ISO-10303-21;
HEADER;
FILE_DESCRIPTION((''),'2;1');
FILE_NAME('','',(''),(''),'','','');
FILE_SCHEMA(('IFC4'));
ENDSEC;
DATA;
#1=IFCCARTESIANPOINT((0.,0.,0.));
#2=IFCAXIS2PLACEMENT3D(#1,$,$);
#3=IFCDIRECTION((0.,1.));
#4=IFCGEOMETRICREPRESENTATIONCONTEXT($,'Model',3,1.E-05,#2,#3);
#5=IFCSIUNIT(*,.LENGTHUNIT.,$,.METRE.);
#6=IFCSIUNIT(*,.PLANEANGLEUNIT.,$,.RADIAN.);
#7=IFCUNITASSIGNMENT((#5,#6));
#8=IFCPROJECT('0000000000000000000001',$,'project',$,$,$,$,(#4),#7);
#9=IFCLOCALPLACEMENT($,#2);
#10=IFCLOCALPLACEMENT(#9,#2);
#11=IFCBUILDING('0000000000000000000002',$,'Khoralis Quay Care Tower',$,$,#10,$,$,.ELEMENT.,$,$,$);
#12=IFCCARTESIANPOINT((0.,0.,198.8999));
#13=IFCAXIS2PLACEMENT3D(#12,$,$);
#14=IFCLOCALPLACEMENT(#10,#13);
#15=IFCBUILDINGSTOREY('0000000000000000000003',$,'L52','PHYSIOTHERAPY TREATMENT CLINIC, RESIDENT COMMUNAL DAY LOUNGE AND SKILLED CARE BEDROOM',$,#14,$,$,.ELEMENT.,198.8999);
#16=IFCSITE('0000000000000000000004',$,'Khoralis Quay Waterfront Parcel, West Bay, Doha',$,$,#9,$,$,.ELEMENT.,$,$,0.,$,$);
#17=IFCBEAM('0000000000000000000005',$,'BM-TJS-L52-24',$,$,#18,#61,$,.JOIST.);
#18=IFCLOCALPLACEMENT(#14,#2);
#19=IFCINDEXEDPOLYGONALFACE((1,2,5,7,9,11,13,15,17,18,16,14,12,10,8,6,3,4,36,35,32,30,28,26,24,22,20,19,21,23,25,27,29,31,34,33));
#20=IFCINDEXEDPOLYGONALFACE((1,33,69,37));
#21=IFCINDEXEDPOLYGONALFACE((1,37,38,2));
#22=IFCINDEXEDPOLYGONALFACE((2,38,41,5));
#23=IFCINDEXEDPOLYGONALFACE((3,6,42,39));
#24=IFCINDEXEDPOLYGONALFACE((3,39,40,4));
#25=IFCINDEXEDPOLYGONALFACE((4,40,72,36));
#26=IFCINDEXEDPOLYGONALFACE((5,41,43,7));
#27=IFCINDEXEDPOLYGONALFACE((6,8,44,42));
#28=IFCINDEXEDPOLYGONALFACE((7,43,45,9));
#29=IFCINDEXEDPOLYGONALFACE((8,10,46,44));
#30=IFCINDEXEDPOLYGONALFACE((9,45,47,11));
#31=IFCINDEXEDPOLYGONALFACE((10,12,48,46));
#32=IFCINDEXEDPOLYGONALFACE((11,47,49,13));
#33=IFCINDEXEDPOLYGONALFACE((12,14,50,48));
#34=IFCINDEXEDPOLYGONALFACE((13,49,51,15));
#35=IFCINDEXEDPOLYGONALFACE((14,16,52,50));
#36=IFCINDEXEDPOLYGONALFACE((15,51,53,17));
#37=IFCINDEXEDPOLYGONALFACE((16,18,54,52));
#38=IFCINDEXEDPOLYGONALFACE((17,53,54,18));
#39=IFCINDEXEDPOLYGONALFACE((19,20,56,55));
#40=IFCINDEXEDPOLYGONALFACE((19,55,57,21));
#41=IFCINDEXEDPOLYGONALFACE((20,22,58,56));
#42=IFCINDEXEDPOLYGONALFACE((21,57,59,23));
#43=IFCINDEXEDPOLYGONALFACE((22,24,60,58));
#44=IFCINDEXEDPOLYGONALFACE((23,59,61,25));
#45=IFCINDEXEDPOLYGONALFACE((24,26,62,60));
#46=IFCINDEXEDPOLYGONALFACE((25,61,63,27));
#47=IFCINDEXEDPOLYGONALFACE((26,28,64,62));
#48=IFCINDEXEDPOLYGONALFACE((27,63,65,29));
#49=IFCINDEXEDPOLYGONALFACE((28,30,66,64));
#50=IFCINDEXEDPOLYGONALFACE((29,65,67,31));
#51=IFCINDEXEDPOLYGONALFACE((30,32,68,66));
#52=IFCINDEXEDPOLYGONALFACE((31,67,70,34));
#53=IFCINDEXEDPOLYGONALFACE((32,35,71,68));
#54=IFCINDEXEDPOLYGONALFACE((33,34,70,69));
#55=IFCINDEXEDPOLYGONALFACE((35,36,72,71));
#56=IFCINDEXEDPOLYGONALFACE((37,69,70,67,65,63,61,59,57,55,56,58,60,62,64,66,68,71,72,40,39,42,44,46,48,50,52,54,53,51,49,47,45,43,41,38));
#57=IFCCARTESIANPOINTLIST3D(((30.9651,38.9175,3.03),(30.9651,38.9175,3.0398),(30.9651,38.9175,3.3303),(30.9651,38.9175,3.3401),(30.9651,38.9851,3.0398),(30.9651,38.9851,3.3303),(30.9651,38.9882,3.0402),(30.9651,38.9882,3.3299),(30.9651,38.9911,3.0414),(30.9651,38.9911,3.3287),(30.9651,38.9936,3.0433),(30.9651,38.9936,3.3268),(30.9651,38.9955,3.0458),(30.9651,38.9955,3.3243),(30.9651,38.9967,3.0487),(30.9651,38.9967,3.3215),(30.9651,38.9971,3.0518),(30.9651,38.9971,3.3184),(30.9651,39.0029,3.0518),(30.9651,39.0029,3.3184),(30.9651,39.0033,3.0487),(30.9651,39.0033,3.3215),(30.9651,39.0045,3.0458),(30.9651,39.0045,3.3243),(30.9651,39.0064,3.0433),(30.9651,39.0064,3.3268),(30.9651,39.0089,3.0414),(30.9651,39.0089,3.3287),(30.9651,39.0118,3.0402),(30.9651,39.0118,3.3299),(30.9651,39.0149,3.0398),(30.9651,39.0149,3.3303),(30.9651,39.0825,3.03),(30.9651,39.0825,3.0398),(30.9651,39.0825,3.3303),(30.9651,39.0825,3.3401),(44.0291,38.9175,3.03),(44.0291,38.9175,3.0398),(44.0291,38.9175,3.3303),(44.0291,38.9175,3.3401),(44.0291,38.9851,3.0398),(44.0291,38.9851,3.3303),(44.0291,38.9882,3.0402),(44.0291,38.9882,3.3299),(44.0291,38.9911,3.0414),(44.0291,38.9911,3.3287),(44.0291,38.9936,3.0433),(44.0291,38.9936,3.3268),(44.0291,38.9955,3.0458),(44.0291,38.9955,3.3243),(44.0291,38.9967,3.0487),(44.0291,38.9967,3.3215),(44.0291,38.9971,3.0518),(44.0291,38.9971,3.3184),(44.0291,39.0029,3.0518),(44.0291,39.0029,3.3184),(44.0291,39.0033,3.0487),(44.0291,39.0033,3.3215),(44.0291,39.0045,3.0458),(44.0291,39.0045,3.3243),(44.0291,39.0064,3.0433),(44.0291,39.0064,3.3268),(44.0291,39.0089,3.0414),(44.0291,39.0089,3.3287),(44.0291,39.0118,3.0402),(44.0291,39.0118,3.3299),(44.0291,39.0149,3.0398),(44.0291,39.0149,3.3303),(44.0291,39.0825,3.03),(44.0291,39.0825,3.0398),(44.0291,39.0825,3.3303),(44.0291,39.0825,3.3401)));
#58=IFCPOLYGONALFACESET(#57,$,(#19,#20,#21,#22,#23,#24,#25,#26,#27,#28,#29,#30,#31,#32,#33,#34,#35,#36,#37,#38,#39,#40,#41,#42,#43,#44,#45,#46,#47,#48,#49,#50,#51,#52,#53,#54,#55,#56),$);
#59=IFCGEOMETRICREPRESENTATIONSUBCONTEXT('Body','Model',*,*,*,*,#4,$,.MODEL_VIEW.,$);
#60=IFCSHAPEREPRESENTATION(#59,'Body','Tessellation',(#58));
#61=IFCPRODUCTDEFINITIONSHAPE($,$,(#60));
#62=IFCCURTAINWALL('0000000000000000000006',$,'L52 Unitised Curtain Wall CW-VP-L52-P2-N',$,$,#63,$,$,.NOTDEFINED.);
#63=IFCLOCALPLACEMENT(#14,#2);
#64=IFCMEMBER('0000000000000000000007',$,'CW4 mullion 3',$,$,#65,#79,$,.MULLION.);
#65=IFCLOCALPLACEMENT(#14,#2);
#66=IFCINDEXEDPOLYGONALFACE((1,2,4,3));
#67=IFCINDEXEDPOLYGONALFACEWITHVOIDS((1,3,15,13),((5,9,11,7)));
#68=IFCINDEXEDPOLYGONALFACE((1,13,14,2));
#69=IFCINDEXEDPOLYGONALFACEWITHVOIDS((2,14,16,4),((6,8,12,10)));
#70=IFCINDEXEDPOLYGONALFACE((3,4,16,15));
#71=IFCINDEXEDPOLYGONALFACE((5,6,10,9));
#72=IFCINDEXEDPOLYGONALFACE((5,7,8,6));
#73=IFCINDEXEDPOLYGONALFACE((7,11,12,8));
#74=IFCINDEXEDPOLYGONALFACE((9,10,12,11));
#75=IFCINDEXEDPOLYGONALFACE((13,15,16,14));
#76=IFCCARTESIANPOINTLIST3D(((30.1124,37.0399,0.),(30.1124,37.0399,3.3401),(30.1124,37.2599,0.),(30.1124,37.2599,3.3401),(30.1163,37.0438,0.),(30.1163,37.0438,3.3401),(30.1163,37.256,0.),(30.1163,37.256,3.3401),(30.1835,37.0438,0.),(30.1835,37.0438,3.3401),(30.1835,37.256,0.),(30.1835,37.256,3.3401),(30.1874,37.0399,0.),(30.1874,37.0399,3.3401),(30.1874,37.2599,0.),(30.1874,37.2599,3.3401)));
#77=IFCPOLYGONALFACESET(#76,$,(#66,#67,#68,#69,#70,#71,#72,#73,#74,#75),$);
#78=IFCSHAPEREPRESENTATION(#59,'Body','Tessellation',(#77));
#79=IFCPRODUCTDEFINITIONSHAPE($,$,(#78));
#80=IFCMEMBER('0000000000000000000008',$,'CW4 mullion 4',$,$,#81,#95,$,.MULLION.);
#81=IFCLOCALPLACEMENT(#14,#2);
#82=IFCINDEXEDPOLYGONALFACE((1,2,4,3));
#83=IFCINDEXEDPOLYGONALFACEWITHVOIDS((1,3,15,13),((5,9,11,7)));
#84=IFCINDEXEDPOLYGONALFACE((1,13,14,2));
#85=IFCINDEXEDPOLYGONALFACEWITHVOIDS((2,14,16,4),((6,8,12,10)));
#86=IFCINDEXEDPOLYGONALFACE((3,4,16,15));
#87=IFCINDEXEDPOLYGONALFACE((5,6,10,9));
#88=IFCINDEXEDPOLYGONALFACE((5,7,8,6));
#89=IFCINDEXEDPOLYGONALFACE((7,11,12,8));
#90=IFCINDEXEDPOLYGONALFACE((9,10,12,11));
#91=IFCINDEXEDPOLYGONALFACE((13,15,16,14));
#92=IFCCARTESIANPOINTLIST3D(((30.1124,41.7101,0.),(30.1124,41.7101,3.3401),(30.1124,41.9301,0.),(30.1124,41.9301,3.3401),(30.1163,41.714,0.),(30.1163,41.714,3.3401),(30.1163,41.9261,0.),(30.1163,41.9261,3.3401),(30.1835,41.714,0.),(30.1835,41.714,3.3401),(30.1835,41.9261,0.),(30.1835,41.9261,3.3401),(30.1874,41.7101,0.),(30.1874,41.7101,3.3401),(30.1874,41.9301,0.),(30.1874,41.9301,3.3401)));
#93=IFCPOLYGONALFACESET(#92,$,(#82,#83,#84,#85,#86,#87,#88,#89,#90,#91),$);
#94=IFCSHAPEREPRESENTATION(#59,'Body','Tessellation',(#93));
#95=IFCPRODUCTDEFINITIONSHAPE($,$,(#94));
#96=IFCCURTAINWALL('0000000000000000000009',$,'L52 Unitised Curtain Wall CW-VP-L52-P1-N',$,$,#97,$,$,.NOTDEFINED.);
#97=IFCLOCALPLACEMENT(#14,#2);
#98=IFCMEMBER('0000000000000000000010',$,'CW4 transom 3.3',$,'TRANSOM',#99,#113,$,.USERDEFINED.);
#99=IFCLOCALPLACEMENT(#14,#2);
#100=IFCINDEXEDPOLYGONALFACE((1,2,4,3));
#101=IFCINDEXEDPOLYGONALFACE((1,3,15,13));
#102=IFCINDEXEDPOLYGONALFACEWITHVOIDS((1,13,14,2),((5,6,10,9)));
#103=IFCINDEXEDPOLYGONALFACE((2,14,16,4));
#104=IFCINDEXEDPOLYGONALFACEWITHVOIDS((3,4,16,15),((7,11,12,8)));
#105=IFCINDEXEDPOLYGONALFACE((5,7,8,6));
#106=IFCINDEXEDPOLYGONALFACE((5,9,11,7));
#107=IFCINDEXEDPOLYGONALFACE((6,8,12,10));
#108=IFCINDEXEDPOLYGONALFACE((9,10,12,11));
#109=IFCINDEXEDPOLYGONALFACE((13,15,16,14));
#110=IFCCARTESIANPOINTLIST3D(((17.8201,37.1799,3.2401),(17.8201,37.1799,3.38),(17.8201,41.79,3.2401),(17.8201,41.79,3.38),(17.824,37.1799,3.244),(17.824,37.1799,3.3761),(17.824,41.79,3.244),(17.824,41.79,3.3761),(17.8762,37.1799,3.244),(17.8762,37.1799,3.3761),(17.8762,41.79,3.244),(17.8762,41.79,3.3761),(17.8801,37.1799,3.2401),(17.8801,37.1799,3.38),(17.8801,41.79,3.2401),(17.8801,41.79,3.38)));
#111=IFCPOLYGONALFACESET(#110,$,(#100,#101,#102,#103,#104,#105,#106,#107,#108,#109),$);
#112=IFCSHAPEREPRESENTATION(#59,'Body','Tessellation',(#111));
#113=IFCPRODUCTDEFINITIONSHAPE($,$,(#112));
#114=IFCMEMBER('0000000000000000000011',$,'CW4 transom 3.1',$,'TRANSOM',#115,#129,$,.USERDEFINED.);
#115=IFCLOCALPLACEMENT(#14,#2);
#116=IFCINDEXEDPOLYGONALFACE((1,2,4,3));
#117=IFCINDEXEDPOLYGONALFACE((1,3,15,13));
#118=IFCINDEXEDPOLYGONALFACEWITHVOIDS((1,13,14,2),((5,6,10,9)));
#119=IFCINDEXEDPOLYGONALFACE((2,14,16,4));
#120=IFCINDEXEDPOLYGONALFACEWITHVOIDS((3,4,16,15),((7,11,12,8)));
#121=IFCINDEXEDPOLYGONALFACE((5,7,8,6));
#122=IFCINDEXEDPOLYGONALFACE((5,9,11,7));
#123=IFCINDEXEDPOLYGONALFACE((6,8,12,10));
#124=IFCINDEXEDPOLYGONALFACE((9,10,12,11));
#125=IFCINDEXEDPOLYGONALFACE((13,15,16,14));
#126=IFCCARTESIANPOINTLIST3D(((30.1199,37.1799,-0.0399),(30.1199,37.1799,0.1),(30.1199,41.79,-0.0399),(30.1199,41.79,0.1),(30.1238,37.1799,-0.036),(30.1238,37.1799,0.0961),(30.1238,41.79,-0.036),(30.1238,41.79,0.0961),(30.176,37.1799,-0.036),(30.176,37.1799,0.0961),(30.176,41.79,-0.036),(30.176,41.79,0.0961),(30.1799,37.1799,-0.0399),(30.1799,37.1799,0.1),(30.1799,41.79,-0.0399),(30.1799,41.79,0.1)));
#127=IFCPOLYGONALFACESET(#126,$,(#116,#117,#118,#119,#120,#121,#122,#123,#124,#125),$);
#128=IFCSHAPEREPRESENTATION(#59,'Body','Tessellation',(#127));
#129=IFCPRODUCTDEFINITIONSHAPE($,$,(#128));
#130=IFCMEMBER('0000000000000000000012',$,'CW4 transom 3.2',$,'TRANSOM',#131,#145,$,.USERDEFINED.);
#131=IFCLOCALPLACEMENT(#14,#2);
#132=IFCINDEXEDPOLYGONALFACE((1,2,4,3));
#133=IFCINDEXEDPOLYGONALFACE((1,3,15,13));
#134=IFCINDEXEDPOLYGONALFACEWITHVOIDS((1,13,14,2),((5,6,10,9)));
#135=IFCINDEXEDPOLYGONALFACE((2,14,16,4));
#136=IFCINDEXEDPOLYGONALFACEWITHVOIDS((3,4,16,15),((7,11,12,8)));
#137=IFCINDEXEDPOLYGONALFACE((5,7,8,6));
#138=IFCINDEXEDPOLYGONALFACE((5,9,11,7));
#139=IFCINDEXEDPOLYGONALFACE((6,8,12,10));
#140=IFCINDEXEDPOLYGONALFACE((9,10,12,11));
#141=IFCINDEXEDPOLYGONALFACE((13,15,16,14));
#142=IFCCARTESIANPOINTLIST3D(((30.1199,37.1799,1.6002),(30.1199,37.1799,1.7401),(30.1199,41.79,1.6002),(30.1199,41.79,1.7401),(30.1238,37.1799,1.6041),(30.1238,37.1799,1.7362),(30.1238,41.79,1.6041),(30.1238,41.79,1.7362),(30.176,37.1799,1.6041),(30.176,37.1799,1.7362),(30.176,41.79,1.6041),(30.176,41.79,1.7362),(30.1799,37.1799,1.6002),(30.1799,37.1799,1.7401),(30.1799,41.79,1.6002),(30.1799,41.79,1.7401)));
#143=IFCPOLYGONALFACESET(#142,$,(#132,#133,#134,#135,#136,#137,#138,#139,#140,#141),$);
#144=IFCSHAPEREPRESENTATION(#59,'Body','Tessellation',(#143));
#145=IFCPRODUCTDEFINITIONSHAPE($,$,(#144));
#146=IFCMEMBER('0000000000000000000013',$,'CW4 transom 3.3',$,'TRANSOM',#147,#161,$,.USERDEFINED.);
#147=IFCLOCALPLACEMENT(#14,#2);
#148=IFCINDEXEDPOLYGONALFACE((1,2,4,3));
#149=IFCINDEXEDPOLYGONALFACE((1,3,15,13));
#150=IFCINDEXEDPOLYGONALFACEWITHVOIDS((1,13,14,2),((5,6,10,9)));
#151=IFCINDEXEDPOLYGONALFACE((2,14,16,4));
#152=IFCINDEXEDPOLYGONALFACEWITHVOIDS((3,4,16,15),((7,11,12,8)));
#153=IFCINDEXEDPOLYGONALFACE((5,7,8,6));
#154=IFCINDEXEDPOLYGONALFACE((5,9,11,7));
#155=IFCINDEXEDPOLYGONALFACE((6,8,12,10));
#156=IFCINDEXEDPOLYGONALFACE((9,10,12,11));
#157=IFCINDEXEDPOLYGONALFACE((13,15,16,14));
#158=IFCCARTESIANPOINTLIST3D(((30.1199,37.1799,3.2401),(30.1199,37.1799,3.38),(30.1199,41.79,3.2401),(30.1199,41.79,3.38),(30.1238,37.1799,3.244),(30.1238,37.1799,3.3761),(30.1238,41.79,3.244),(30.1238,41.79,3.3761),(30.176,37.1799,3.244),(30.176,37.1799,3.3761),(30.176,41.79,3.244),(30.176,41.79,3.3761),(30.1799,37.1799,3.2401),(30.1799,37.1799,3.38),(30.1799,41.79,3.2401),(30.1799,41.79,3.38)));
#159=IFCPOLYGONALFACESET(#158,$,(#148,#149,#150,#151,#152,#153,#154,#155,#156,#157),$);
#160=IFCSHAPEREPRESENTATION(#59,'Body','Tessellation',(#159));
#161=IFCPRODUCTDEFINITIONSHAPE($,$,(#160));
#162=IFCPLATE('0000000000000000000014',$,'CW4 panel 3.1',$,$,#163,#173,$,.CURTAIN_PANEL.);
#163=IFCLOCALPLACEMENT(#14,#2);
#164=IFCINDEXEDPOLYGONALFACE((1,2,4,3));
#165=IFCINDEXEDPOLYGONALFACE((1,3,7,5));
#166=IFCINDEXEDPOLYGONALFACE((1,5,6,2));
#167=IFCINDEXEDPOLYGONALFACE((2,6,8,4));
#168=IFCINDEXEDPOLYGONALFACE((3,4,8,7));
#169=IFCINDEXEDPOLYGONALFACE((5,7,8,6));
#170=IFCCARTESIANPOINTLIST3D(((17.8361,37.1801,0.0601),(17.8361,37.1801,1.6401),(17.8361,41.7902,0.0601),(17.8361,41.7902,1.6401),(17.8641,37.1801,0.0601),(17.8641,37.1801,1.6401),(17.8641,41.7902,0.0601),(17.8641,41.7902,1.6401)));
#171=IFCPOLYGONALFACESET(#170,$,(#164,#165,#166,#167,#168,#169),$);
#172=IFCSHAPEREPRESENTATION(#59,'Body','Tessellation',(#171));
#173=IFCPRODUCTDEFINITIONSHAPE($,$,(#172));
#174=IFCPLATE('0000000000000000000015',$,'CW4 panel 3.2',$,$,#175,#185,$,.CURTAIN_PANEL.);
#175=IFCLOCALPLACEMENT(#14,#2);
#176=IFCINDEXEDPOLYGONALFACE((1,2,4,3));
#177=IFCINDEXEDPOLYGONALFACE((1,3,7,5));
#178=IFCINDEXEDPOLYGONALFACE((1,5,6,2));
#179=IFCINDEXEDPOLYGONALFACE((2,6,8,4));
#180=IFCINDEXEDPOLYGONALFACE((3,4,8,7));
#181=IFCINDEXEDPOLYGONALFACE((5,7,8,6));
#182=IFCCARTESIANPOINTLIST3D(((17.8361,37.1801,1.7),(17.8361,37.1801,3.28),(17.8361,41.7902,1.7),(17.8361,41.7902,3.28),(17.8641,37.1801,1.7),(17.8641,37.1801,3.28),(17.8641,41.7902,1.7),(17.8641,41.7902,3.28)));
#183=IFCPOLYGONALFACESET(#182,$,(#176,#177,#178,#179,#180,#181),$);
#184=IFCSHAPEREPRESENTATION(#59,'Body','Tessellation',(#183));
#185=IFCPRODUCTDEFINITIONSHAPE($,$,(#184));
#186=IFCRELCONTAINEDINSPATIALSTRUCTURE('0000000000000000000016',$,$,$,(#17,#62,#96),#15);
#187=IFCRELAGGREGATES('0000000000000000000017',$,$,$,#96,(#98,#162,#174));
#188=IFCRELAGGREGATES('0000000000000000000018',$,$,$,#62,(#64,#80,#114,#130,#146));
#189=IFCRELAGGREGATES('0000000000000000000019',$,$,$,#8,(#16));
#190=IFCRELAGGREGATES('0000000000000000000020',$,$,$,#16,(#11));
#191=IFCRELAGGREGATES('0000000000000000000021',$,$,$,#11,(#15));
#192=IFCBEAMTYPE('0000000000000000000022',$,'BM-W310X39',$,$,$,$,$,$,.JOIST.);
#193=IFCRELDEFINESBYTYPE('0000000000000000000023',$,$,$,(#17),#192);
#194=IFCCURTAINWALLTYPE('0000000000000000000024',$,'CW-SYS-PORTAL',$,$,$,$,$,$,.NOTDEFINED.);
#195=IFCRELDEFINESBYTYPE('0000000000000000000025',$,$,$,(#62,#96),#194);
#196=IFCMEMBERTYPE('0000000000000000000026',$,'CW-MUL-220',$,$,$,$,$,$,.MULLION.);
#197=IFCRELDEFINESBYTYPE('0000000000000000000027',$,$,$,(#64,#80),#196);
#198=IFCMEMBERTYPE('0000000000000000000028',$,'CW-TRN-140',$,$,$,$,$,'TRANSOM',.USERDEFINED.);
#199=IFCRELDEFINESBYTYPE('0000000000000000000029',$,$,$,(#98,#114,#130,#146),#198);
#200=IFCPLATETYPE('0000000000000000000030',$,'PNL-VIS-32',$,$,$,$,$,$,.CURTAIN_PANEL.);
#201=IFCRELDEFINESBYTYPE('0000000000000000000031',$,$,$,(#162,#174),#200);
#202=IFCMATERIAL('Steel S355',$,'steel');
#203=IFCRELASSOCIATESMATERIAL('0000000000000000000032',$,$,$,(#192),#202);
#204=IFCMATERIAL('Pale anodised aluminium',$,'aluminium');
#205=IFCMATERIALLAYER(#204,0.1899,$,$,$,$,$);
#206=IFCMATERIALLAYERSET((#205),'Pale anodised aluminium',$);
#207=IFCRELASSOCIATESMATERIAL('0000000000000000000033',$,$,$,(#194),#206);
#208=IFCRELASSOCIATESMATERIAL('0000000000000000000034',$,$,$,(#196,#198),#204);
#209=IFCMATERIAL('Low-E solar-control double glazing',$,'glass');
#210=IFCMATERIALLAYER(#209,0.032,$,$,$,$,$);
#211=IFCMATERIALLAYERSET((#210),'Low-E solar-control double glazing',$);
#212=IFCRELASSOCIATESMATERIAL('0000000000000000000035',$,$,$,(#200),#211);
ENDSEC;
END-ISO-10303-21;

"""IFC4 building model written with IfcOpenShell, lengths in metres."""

from ifc_helpers import new_model, si_unit, direction, frame, origin, origin_2d, place, context, subcontext, project, spatial, rectangle, hollow_rectangle, i_section, extrude, source, transform, mapped, material, layer, layer_set, material_profile, profile_set, type_object, element, aggregate, save


model = new_model("IFC4")

# Units and contexts
model_context = context("Model", 3, precision=1e-05, world=origin(), true_north=direction((0.0, 1.0)))
body_context = subcontext(model_context, "Body", "Model", "MODEL_VIEW")
ifc_project = project(units=[si_unit("LENGTHUNIT", "METRE"), si_unit("PLANEANGLEUNIT", "RADIAN")], contexts=[model_context])

# Site, building, storey
site_placement = place(None, origin())
site = spatial("IfcSite", under=ifc_project, at=site_placement, Name="Khoralis Quay Waterfront Parcel, West Bay, Doha", CompositionType="ELEMENT", RefElevation=0.0)
building_placement = place(site_placement, origin())
building = spatial("IfcBuilding", under=site, at=building_placement, Name="Khoralis Quay Care Tower", CompositionType="ELEMENT")
storey_placement = place(building_placement, frame((0.0, 0.0, 198.8999)))
storey = spatial("IfcBuildingStorey", under=building, at=storey_placement, Name="L52", Description="PHYSIOTHERAPY TREATMENT CLINIC, RESIDENT COMMUNAL DAY LOUNGE AND SKILLED CARE BEDROOM", CompositionType="ELEMENT", Elevation=198.8999)

# Beam
ifc_material_1 = material(Name="Steel S355", Category="steel")
ifc_material_profile_1 = material_profile(ifc_material_1, i_section(OverallWidth=0.165, OverallDepth=0.3101, WebThickness=0.0059, FlangeThickness=0.0098, FilletRadius=0.012, at=origin_2d()), Name="Steel S355")
ifc_profile_set_1 = profile_set([ifc_material_profile_1], Name="Steel S355")
beam_type_1 = type_object("IfcBeamType", Name="BM-W310X39", PredefinedType="JOIST", material=ifc_profile_set_1)
shared_shape_1 = source(origin(), body_context, "Body", "SweptSolid", [
    extrude(i_section(OverallWidth=0.165, OverallDepth=0.3101, WebThickness=0.0059, FlangeThickness=0.0098, FilletRadius=0.012, at=origin_2d()), origin(), (0.0, 0.0, 1.0), 13.064),
])
for number, where, z_axis, x_axis, name in (
    (1, (30.9651, 39.0, 3.1851), (1.0, 0.0, 0.0), (0.0, 1.0, 0.0), "BM-TJS-L52-24"),
):
    element("IfcBeam", number, at=place(storey_placement, frame(where, z_axis=z_axis, x_axis=x_axis)), inside=storey, type_object=beam_type_1, Name=name, PredefinedType="JOIST", context=body_context, shape_type="MappedRepresentation", body=[
        mapped(shared_shape_1, transform((0.0, 0.0, 0.0), scale=1.0)),
    ])

# Curtain wall, members
ifc_material_2 = material(Name="Pale anodised aluminium", Category="aluminium")
ifc_layer_1 = layer(ifc_material_2, 0.1899)
ifc_layer_set_1 = layer_set([ifc_layer_1], Name="Pale anodised aluminium")
curtain_wall_type = type_object("IfcCurtainWallType", Name="CW-SYS-PORTAL", PredefinedType="NOTDEFINED", material=ifc_layer_set_1)
curtain_wall_1_placement = place(storey_placement, origin())
curtain_wall_1 = element("IfcCurtainWall", 2, at=curtain_wall_1_placement, inside=storey, type_object=curtain_wall_type, Name="L52 Unitised Curtain Wall CW-VP-L52-P2-N", PredefinedType="NOTDEFINED")
ifc_material_profile_2 = material_profile(ifc_material_2, hollow_rectangle(XDim=0.075, YDim=0.22, WallThickness=0.0039, at=origin_2d()), Name="Pale anodised aluminium")
ifc_profile_set_2 = profile_set([ifc_material_profile_2], Name="Pale anodised aluminium")
member_type_1 = type_object("IfcMemberType", Name="CW-MUL-220", PredefinedType="MULLION", material=ifc_profile_set_2)
shared_shape_2 = source(origin(), body_context, "Body", "SweptSolid", [
    extrude(hollow_rectangle(XDim=0.075, YDim=0.22, WallThickness=0.0039, at=origin_2d()), origin(), (0.0, 0.0, 1.0), 3.3401),
])
member_1_placement = place(storey_placement, frame((30.1499, 37.1499, 0.0), z_axis=(0.0, 0.0, 1.0), x_axis=(-1.0, 0.0, 0.0)))
member_1 = element("IfcMember", 3, at=member_1_placement, type_object=member_type_1, Name="CW4 mullion 3", PredefinedType="MULLION", context=body_context, shape_type="MappedRepresentation", body=[
    mapped(shared_shape_2, transform((0.0, 0.0, 0.0), scale=1.0)),
])
member_2_placement = place(storey_placement, frame((30.1499, 41.8201, 0.0), z_axis=(0.0, 0.0, 1.0), x_axis=(-1.0, 0.0, 0.0)))
member_2 = element("IfcMember", 4, at=member_2_placement, type_object=member_type_1, Name="CW4 mullion 4", PredefinedType="MULLION", context=body_context, shape_type="MappedRepresentation", body=[
    mapped(shared_shape_2, transform((0.0, 0.0, 0.0), scale=1.0)),
])

# Curtain wall, member
curtain_wall_2_placement = place(storey_placement, origin())
curtain_wall_2 = element("IfcCurtainWall", 5, at=curtain_wall_2_placement, inside=storey, type_object=curtain_wall_type, Name="L52 Unitised Curtain Wall CW-VP-L52-P1-N", PredefinedType="NOTDEFINED")
ifc_material_profile_3 = material_profile(ifc_material_2, hollow_rectangle(XDim=0.0601, YDim=0.1399, WallThickness=0.0039, at=origin_2d()), Name="Pale anodised aluminium")
ifc_profile_set_3 = profile_set([ifc_material_profile_3], Name="Pale anodised aluminium")
member_type_2 = type_object("IfcMemberType", Name="CW-TRN-140", ElementType="TRANSOM", PredefinedType="USERDEFINED", material=ifc_profile_set_3)
shared_shape_3 = source(origin(), body_context, "Body", "SweptSolid", [
    extrude(hollow_rectangle(XDim=0.0601, YDim=0.1399, WallThickness=0.0039, at=origin_2d()), origin(), (0.0, 0.0, 1.0), 4.6101),
])
member_3_placement = place(storey_placement, frame((17.8501, 37.1799, 3.3101), z_axis=(0.0, 1.0, 0.0), x_axis=(-1.0, 0.0, 0.0)))
member_3 = element("IfcMember", 6, at=member_3_placement, type_object=member_type_2, Name="CW4 transom 3.3", ObjectType="TRANSOM", PredefinedType="USERDEFINED", context=body_context, shape_type="MappedRepresentation", body=[
    mapped(shared_shape_3, transform((0.0, 0.0, 0.0), scale=1.0)),
])

# Members
member_4_placement = place(storey_placement, frame((30.1499, 37.1799, 0.03), z_axis=(0.0, 1.0, 0.0), x_axis=(-1.0, 0.0, 0.0)))
member_4 = element("IfcMember", 7, at=member_4_placement, type_object=member_type_2, Name="CW4 transom 3.1", ObjectType="TRANSOM", PredefinedType="USERDEFINED", context=body_context, shape_type="MappedRepresentation", body=[
    mapped(shared_shape_3, transform((0.0, 0.0, 0.0), scale=1.0)),
])
member_5_placement = place(storey_placement, frame((30.1499, 37.1799, 1.6702), z_axis=(0.0, 1.0, 0.0), x_axis=(-1.0, 0.0, 0.0)))
member_5 = element("IfcMember", 8, at=member_5_placement, type_object=member_type_2, Name="CW4 transom 3.2", ObjectType="TRANSOM", PredefinedType="USERDEFINED", context=body_context, shape_type="MappedRepresentation", body=[
    mapped(shared_shape_3, transform((0.0, 0.0, 0.0), scale=1.0)),
])
member_6_placement = place(storey_placement, frame((30.1499, 37.1799, 3.3101), z_axis=(0.0, 1.0, 0.0), x_axis=(-1.0, 0.0, 0.0)))
member_6 = element("IfcMember", 9, at=member_6_placement, type_object=member_type_2, Name="CW4 transom 3.3", ObjectType="TRANSOM", PredefinedType="USERDEFINED", context=body_context, shape_type="MappedRepresentation", body=[
    mapped(shared_shape_3, transform((0.0, 0.0, 0.0), scale=1.0)),
])

# Plates
ifc_material_3 = material(Name="Low-E solar-control double glazing", Category="glass")
ifc_layer_2 = layer(ifc_material_3, 0.032)
ifc_layer_set_2 = layer_set([ifc_layer_2], Name="Low-E solar-control double glazing")
plate_type = type_object("IfcPlateType", Name="PNL-VIS-32", PredefinedType="CURTAIN_PANEL", material=ifc_layer_set_2)
shared_shape_4 = source(origin(), body_context, "Body", "SweptSolid", [
    extrude(rectangle(XDim=4.6101, YDim=0.0281, at=origin_2d()), origin(), (0.0, 0.0, 1.0), 1.5801),
])
plate_1_placement = place(storey_placement, frame((17.8501, 39.4851, 0.0601), z_axis=(0.0, 0.0, 1.0), x_axis=(0.0, 1.0, 0.0)))
plate_1 = element("IfcPlate", 10, at=plate_1_placement, type_object=plate_type, Name="CW4 panel 3.1", PredefinedType="CURTAIN_PANEL", context=body_context, shape_type="MappedRepresentation", body=[
    mapped(shared_shape_4, transform((0.0, 0.0, 0.0), scale=1.0)),
])
plate_2_placement = place(storey_placement, frame((17.8501, 39.4851, 1.7), z_axis=(0.0, 0.0, 1.0), x_axis=(0.0, 1.0, 0.0)))
plate_2 = element("IfcPlate", 11, at=plate_2_placement, type_object=plate_type, Name="CW4 panel 3.2", PredefinedType="CURTAIN_PANEL", context=body_context, shape_type="MappedRepresentation", body=[
    mapped(shared_shape_4, transform((0.0, 0.0, 0.0), scale=1.0)),
])
aggregate(curtain_wall_2, [member_3, plate_1, plate_2])
aggregate(curtain_wall_1, [member_1, member_2, member_4, member_5, member_6])

save(model, "model.ifc")
